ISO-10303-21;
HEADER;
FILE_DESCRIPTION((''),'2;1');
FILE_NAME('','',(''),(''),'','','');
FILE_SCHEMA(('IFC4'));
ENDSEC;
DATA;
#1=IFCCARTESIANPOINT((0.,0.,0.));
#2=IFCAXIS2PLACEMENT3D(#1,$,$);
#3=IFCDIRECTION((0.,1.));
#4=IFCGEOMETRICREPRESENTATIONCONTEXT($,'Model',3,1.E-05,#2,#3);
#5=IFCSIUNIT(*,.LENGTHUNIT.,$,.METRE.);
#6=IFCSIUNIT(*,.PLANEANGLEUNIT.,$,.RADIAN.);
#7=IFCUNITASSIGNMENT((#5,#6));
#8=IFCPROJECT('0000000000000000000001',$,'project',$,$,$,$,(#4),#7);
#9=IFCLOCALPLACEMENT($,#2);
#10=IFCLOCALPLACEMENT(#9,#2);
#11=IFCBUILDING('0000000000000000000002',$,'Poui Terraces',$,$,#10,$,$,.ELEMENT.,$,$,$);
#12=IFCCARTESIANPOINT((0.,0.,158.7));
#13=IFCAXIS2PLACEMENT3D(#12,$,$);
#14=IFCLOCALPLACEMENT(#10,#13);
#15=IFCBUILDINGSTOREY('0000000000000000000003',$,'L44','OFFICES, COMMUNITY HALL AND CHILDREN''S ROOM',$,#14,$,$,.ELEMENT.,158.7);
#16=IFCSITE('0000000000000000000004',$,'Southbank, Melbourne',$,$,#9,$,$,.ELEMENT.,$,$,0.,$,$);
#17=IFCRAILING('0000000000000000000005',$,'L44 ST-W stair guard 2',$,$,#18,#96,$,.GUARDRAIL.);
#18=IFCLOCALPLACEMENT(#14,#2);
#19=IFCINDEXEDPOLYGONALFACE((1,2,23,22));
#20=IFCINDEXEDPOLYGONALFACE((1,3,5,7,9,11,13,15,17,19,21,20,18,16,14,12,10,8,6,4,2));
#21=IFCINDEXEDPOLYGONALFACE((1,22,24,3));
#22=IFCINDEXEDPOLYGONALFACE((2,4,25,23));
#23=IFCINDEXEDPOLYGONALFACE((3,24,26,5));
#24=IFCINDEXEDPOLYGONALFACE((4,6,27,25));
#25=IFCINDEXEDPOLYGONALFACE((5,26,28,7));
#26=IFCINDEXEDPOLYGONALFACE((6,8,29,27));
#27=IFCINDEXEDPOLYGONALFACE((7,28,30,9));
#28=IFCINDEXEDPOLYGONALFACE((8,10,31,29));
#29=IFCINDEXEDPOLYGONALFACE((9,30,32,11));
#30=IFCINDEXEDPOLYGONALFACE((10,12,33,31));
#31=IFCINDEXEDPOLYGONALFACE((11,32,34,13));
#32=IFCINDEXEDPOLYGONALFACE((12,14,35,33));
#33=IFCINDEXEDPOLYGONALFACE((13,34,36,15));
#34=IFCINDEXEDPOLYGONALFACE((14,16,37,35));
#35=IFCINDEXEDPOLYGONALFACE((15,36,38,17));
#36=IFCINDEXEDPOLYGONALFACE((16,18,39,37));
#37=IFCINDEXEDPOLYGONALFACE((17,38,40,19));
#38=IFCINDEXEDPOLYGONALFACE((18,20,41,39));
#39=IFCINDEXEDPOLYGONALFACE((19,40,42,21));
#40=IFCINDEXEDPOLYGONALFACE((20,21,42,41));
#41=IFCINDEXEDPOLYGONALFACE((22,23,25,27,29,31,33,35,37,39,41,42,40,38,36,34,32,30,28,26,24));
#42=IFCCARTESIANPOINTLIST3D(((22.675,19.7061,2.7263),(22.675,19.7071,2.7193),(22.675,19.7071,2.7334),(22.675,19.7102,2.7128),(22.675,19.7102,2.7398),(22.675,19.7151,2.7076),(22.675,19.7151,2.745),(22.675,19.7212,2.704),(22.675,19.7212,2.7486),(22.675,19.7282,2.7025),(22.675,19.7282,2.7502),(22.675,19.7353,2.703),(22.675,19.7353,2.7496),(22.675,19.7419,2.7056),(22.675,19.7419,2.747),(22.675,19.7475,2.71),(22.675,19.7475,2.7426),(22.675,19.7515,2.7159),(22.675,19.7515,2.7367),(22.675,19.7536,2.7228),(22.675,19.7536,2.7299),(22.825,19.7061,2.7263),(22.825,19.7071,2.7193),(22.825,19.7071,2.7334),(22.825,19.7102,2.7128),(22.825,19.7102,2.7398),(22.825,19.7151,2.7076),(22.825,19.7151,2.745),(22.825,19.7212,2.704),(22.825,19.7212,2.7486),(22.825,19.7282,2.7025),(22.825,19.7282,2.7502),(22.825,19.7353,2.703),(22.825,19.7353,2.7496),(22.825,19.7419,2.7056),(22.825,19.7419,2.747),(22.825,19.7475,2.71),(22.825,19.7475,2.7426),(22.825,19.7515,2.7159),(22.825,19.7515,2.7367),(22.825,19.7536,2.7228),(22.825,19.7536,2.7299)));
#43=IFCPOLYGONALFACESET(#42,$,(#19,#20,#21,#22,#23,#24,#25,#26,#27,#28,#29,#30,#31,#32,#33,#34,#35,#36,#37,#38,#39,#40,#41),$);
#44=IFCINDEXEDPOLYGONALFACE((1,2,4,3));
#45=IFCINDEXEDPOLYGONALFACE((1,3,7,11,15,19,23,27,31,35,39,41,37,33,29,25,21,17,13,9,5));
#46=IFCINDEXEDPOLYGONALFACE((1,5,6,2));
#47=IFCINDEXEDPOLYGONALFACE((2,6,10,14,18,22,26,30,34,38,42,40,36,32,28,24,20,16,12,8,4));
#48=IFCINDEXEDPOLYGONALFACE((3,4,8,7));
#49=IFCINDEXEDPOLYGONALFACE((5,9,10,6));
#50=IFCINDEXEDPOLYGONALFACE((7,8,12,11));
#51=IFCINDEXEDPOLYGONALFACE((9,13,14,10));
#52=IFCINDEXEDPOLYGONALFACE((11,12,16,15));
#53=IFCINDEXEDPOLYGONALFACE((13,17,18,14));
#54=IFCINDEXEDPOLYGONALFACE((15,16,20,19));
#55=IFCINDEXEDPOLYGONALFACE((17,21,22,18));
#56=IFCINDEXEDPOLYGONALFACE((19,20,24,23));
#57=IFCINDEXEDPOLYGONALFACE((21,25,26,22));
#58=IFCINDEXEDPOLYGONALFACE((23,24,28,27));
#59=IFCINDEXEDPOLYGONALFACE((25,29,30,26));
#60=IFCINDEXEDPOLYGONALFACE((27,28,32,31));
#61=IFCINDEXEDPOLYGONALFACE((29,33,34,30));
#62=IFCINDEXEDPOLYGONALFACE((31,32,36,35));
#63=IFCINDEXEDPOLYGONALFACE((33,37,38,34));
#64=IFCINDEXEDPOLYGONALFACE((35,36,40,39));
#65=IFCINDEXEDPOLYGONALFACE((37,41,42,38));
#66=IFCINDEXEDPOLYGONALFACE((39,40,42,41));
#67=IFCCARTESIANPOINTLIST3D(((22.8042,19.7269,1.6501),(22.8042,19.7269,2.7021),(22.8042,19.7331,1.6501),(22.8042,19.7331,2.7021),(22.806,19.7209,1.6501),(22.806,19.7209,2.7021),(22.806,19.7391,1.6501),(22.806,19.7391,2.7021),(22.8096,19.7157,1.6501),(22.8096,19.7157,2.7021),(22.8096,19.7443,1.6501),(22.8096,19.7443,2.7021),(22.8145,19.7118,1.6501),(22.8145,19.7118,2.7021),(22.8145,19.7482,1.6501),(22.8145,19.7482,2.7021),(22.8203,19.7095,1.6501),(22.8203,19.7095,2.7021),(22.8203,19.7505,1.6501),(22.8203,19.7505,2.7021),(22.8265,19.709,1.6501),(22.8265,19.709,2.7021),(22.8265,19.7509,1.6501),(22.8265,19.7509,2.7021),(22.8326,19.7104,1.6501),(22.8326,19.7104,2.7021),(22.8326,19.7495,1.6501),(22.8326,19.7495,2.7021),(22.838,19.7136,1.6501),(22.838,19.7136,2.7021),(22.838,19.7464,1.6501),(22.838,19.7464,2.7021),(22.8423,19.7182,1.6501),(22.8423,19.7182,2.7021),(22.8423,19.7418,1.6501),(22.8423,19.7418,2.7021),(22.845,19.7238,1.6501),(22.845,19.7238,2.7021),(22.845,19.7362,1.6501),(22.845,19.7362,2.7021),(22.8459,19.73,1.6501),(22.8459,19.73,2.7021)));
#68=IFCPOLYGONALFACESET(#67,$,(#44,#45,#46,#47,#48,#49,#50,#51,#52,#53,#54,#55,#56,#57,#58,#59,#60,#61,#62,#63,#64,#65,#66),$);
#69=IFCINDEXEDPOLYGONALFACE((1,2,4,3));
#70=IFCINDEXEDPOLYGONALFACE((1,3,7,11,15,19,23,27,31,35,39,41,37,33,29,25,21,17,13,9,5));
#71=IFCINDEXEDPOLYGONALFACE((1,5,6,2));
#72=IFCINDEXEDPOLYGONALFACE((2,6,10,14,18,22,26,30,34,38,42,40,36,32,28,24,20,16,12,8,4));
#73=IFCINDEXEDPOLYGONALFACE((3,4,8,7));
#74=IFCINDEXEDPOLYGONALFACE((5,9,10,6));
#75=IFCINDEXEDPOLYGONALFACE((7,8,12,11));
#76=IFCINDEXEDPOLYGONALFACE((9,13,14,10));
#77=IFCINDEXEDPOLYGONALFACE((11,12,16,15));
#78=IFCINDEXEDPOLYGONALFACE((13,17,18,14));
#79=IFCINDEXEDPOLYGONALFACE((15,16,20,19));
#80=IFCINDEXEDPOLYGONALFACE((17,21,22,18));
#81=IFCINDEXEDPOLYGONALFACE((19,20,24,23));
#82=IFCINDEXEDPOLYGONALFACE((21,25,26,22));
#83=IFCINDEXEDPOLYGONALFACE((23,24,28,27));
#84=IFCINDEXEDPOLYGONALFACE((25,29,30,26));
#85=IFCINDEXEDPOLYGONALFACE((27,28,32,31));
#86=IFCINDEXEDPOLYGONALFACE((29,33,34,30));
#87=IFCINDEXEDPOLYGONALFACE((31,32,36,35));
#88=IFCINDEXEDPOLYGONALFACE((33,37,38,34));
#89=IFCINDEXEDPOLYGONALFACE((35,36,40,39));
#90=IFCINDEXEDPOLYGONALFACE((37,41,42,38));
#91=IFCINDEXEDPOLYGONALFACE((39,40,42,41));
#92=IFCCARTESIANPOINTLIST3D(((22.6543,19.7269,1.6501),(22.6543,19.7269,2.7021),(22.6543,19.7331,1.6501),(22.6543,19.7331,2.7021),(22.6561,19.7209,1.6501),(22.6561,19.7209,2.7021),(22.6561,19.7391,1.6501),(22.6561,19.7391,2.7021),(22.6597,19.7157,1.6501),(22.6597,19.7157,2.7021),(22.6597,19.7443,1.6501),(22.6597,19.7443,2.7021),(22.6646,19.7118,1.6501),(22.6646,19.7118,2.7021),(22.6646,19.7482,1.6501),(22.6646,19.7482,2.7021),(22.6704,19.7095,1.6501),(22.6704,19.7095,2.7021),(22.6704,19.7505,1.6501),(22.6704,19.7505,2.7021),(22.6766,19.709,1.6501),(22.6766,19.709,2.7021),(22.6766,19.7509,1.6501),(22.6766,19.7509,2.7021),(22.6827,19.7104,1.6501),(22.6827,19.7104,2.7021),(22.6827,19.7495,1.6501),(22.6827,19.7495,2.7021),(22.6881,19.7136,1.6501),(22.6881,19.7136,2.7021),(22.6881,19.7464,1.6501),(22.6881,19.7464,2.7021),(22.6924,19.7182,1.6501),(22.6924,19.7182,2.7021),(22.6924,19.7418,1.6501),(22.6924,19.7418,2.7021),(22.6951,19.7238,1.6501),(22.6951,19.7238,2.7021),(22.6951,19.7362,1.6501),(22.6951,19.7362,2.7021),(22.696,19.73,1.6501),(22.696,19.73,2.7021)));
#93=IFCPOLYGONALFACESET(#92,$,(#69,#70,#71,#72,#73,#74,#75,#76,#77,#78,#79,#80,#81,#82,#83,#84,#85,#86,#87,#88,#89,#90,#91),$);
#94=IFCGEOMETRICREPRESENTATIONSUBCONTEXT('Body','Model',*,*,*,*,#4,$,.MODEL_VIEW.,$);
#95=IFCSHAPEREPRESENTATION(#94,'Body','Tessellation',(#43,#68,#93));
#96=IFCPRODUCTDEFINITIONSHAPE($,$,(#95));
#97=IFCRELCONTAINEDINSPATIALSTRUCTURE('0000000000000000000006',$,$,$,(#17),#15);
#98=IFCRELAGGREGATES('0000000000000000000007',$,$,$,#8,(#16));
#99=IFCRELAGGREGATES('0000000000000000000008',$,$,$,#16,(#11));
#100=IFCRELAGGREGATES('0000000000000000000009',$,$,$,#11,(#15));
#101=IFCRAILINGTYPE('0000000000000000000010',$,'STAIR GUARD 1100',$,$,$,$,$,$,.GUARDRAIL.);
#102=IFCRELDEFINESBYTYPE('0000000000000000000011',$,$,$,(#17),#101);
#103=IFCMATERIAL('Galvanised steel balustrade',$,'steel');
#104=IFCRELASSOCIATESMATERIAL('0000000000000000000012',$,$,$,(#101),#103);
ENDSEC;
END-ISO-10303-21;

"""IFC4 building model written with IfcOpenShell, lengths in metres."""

from ifc_helpers import new_model, si_unit, direction, frame, origin, origin_2d, place, context, subcontext, project, spatial, circle, extrude, material, type_object, element, save


model = new_model("IFC4")

# Units and contexts
model_context = context("Model", 3, precision=1e-05, world=origin(), true_north=direction((0.0, 1.0)))
body_context = subcontext(model_context, "Body", "Model", "MODEL_VIEW")
ifc_project = project(units=[si_unit("LENGTHUNIT", "METRE"), si_unit("PLANEANGLEUNIT", "RADIAN")], contexts=[model_context])

# Site, building, storey
site_placement = place(None, origin())
site = spatial("IfcSite", under=ifc_project, at=site_placement, Name="Southbank, Melbourne", CompositionType="ELEMENT", RefElevation=0.0)
building_placement = place(site_placement, origin())
building = spatial("IfcBuilding", under=site, at=building_placement, Name="Poui Terraces", CompositionType="ELEMENT")
storey_placement = place(building_placement, frame((0.0, 0.0, 158.7)))
storey = spatial("IfcBuildingStorey", under=building, at=storey_placement, Name="L44", Description="OFFICES, COMMUNITY HALL AND CHILDREN'S ROOM", CompositionType="ELEMENT", Elevation=158.7)

# Railing
ifc_material_1 = material(Name="Galvanised steel balustrade", Category="steel")
railing_type_1 = type_object("IfcRailingType", Name="STAIR GUARD 1100", PredefinedType="GUARDRAIL", material=ifc_material_1)
railing_1_placement = place(storey_placement, frame((22.825, 19.73, 1.6501)))
element("IfcRailing", 1, at=railing_1_placement, inside=storey, type_object=railing_type_1, Name="L44 ST-W stair guard 2", PredefinedType="GUARDRAIL", context=body_context, shape_type="SweptSolid", body=[
    extrude(circle(Radius=0.0239, at=origin_2d()), frame((0.0, 0.0, 1.0762), z_axis=(-1.0, 0.0, 0.0), x_axis=(0.0, -1.0, 0.0)), (0.0, 0.0, 1.0), 0.1499),
    extrude(circle(Radius=0.021, at=origin_2d()), origin(), (0.0, 0.0, 1.0), 1.052),
    extrude(circle(Radius=0.021, at=origin_2d()), frame((-0.1499, 0.0, 0.0)), (0.0, 0.0, 1.0), 1.052),
])

save(model, "model.ifc")
